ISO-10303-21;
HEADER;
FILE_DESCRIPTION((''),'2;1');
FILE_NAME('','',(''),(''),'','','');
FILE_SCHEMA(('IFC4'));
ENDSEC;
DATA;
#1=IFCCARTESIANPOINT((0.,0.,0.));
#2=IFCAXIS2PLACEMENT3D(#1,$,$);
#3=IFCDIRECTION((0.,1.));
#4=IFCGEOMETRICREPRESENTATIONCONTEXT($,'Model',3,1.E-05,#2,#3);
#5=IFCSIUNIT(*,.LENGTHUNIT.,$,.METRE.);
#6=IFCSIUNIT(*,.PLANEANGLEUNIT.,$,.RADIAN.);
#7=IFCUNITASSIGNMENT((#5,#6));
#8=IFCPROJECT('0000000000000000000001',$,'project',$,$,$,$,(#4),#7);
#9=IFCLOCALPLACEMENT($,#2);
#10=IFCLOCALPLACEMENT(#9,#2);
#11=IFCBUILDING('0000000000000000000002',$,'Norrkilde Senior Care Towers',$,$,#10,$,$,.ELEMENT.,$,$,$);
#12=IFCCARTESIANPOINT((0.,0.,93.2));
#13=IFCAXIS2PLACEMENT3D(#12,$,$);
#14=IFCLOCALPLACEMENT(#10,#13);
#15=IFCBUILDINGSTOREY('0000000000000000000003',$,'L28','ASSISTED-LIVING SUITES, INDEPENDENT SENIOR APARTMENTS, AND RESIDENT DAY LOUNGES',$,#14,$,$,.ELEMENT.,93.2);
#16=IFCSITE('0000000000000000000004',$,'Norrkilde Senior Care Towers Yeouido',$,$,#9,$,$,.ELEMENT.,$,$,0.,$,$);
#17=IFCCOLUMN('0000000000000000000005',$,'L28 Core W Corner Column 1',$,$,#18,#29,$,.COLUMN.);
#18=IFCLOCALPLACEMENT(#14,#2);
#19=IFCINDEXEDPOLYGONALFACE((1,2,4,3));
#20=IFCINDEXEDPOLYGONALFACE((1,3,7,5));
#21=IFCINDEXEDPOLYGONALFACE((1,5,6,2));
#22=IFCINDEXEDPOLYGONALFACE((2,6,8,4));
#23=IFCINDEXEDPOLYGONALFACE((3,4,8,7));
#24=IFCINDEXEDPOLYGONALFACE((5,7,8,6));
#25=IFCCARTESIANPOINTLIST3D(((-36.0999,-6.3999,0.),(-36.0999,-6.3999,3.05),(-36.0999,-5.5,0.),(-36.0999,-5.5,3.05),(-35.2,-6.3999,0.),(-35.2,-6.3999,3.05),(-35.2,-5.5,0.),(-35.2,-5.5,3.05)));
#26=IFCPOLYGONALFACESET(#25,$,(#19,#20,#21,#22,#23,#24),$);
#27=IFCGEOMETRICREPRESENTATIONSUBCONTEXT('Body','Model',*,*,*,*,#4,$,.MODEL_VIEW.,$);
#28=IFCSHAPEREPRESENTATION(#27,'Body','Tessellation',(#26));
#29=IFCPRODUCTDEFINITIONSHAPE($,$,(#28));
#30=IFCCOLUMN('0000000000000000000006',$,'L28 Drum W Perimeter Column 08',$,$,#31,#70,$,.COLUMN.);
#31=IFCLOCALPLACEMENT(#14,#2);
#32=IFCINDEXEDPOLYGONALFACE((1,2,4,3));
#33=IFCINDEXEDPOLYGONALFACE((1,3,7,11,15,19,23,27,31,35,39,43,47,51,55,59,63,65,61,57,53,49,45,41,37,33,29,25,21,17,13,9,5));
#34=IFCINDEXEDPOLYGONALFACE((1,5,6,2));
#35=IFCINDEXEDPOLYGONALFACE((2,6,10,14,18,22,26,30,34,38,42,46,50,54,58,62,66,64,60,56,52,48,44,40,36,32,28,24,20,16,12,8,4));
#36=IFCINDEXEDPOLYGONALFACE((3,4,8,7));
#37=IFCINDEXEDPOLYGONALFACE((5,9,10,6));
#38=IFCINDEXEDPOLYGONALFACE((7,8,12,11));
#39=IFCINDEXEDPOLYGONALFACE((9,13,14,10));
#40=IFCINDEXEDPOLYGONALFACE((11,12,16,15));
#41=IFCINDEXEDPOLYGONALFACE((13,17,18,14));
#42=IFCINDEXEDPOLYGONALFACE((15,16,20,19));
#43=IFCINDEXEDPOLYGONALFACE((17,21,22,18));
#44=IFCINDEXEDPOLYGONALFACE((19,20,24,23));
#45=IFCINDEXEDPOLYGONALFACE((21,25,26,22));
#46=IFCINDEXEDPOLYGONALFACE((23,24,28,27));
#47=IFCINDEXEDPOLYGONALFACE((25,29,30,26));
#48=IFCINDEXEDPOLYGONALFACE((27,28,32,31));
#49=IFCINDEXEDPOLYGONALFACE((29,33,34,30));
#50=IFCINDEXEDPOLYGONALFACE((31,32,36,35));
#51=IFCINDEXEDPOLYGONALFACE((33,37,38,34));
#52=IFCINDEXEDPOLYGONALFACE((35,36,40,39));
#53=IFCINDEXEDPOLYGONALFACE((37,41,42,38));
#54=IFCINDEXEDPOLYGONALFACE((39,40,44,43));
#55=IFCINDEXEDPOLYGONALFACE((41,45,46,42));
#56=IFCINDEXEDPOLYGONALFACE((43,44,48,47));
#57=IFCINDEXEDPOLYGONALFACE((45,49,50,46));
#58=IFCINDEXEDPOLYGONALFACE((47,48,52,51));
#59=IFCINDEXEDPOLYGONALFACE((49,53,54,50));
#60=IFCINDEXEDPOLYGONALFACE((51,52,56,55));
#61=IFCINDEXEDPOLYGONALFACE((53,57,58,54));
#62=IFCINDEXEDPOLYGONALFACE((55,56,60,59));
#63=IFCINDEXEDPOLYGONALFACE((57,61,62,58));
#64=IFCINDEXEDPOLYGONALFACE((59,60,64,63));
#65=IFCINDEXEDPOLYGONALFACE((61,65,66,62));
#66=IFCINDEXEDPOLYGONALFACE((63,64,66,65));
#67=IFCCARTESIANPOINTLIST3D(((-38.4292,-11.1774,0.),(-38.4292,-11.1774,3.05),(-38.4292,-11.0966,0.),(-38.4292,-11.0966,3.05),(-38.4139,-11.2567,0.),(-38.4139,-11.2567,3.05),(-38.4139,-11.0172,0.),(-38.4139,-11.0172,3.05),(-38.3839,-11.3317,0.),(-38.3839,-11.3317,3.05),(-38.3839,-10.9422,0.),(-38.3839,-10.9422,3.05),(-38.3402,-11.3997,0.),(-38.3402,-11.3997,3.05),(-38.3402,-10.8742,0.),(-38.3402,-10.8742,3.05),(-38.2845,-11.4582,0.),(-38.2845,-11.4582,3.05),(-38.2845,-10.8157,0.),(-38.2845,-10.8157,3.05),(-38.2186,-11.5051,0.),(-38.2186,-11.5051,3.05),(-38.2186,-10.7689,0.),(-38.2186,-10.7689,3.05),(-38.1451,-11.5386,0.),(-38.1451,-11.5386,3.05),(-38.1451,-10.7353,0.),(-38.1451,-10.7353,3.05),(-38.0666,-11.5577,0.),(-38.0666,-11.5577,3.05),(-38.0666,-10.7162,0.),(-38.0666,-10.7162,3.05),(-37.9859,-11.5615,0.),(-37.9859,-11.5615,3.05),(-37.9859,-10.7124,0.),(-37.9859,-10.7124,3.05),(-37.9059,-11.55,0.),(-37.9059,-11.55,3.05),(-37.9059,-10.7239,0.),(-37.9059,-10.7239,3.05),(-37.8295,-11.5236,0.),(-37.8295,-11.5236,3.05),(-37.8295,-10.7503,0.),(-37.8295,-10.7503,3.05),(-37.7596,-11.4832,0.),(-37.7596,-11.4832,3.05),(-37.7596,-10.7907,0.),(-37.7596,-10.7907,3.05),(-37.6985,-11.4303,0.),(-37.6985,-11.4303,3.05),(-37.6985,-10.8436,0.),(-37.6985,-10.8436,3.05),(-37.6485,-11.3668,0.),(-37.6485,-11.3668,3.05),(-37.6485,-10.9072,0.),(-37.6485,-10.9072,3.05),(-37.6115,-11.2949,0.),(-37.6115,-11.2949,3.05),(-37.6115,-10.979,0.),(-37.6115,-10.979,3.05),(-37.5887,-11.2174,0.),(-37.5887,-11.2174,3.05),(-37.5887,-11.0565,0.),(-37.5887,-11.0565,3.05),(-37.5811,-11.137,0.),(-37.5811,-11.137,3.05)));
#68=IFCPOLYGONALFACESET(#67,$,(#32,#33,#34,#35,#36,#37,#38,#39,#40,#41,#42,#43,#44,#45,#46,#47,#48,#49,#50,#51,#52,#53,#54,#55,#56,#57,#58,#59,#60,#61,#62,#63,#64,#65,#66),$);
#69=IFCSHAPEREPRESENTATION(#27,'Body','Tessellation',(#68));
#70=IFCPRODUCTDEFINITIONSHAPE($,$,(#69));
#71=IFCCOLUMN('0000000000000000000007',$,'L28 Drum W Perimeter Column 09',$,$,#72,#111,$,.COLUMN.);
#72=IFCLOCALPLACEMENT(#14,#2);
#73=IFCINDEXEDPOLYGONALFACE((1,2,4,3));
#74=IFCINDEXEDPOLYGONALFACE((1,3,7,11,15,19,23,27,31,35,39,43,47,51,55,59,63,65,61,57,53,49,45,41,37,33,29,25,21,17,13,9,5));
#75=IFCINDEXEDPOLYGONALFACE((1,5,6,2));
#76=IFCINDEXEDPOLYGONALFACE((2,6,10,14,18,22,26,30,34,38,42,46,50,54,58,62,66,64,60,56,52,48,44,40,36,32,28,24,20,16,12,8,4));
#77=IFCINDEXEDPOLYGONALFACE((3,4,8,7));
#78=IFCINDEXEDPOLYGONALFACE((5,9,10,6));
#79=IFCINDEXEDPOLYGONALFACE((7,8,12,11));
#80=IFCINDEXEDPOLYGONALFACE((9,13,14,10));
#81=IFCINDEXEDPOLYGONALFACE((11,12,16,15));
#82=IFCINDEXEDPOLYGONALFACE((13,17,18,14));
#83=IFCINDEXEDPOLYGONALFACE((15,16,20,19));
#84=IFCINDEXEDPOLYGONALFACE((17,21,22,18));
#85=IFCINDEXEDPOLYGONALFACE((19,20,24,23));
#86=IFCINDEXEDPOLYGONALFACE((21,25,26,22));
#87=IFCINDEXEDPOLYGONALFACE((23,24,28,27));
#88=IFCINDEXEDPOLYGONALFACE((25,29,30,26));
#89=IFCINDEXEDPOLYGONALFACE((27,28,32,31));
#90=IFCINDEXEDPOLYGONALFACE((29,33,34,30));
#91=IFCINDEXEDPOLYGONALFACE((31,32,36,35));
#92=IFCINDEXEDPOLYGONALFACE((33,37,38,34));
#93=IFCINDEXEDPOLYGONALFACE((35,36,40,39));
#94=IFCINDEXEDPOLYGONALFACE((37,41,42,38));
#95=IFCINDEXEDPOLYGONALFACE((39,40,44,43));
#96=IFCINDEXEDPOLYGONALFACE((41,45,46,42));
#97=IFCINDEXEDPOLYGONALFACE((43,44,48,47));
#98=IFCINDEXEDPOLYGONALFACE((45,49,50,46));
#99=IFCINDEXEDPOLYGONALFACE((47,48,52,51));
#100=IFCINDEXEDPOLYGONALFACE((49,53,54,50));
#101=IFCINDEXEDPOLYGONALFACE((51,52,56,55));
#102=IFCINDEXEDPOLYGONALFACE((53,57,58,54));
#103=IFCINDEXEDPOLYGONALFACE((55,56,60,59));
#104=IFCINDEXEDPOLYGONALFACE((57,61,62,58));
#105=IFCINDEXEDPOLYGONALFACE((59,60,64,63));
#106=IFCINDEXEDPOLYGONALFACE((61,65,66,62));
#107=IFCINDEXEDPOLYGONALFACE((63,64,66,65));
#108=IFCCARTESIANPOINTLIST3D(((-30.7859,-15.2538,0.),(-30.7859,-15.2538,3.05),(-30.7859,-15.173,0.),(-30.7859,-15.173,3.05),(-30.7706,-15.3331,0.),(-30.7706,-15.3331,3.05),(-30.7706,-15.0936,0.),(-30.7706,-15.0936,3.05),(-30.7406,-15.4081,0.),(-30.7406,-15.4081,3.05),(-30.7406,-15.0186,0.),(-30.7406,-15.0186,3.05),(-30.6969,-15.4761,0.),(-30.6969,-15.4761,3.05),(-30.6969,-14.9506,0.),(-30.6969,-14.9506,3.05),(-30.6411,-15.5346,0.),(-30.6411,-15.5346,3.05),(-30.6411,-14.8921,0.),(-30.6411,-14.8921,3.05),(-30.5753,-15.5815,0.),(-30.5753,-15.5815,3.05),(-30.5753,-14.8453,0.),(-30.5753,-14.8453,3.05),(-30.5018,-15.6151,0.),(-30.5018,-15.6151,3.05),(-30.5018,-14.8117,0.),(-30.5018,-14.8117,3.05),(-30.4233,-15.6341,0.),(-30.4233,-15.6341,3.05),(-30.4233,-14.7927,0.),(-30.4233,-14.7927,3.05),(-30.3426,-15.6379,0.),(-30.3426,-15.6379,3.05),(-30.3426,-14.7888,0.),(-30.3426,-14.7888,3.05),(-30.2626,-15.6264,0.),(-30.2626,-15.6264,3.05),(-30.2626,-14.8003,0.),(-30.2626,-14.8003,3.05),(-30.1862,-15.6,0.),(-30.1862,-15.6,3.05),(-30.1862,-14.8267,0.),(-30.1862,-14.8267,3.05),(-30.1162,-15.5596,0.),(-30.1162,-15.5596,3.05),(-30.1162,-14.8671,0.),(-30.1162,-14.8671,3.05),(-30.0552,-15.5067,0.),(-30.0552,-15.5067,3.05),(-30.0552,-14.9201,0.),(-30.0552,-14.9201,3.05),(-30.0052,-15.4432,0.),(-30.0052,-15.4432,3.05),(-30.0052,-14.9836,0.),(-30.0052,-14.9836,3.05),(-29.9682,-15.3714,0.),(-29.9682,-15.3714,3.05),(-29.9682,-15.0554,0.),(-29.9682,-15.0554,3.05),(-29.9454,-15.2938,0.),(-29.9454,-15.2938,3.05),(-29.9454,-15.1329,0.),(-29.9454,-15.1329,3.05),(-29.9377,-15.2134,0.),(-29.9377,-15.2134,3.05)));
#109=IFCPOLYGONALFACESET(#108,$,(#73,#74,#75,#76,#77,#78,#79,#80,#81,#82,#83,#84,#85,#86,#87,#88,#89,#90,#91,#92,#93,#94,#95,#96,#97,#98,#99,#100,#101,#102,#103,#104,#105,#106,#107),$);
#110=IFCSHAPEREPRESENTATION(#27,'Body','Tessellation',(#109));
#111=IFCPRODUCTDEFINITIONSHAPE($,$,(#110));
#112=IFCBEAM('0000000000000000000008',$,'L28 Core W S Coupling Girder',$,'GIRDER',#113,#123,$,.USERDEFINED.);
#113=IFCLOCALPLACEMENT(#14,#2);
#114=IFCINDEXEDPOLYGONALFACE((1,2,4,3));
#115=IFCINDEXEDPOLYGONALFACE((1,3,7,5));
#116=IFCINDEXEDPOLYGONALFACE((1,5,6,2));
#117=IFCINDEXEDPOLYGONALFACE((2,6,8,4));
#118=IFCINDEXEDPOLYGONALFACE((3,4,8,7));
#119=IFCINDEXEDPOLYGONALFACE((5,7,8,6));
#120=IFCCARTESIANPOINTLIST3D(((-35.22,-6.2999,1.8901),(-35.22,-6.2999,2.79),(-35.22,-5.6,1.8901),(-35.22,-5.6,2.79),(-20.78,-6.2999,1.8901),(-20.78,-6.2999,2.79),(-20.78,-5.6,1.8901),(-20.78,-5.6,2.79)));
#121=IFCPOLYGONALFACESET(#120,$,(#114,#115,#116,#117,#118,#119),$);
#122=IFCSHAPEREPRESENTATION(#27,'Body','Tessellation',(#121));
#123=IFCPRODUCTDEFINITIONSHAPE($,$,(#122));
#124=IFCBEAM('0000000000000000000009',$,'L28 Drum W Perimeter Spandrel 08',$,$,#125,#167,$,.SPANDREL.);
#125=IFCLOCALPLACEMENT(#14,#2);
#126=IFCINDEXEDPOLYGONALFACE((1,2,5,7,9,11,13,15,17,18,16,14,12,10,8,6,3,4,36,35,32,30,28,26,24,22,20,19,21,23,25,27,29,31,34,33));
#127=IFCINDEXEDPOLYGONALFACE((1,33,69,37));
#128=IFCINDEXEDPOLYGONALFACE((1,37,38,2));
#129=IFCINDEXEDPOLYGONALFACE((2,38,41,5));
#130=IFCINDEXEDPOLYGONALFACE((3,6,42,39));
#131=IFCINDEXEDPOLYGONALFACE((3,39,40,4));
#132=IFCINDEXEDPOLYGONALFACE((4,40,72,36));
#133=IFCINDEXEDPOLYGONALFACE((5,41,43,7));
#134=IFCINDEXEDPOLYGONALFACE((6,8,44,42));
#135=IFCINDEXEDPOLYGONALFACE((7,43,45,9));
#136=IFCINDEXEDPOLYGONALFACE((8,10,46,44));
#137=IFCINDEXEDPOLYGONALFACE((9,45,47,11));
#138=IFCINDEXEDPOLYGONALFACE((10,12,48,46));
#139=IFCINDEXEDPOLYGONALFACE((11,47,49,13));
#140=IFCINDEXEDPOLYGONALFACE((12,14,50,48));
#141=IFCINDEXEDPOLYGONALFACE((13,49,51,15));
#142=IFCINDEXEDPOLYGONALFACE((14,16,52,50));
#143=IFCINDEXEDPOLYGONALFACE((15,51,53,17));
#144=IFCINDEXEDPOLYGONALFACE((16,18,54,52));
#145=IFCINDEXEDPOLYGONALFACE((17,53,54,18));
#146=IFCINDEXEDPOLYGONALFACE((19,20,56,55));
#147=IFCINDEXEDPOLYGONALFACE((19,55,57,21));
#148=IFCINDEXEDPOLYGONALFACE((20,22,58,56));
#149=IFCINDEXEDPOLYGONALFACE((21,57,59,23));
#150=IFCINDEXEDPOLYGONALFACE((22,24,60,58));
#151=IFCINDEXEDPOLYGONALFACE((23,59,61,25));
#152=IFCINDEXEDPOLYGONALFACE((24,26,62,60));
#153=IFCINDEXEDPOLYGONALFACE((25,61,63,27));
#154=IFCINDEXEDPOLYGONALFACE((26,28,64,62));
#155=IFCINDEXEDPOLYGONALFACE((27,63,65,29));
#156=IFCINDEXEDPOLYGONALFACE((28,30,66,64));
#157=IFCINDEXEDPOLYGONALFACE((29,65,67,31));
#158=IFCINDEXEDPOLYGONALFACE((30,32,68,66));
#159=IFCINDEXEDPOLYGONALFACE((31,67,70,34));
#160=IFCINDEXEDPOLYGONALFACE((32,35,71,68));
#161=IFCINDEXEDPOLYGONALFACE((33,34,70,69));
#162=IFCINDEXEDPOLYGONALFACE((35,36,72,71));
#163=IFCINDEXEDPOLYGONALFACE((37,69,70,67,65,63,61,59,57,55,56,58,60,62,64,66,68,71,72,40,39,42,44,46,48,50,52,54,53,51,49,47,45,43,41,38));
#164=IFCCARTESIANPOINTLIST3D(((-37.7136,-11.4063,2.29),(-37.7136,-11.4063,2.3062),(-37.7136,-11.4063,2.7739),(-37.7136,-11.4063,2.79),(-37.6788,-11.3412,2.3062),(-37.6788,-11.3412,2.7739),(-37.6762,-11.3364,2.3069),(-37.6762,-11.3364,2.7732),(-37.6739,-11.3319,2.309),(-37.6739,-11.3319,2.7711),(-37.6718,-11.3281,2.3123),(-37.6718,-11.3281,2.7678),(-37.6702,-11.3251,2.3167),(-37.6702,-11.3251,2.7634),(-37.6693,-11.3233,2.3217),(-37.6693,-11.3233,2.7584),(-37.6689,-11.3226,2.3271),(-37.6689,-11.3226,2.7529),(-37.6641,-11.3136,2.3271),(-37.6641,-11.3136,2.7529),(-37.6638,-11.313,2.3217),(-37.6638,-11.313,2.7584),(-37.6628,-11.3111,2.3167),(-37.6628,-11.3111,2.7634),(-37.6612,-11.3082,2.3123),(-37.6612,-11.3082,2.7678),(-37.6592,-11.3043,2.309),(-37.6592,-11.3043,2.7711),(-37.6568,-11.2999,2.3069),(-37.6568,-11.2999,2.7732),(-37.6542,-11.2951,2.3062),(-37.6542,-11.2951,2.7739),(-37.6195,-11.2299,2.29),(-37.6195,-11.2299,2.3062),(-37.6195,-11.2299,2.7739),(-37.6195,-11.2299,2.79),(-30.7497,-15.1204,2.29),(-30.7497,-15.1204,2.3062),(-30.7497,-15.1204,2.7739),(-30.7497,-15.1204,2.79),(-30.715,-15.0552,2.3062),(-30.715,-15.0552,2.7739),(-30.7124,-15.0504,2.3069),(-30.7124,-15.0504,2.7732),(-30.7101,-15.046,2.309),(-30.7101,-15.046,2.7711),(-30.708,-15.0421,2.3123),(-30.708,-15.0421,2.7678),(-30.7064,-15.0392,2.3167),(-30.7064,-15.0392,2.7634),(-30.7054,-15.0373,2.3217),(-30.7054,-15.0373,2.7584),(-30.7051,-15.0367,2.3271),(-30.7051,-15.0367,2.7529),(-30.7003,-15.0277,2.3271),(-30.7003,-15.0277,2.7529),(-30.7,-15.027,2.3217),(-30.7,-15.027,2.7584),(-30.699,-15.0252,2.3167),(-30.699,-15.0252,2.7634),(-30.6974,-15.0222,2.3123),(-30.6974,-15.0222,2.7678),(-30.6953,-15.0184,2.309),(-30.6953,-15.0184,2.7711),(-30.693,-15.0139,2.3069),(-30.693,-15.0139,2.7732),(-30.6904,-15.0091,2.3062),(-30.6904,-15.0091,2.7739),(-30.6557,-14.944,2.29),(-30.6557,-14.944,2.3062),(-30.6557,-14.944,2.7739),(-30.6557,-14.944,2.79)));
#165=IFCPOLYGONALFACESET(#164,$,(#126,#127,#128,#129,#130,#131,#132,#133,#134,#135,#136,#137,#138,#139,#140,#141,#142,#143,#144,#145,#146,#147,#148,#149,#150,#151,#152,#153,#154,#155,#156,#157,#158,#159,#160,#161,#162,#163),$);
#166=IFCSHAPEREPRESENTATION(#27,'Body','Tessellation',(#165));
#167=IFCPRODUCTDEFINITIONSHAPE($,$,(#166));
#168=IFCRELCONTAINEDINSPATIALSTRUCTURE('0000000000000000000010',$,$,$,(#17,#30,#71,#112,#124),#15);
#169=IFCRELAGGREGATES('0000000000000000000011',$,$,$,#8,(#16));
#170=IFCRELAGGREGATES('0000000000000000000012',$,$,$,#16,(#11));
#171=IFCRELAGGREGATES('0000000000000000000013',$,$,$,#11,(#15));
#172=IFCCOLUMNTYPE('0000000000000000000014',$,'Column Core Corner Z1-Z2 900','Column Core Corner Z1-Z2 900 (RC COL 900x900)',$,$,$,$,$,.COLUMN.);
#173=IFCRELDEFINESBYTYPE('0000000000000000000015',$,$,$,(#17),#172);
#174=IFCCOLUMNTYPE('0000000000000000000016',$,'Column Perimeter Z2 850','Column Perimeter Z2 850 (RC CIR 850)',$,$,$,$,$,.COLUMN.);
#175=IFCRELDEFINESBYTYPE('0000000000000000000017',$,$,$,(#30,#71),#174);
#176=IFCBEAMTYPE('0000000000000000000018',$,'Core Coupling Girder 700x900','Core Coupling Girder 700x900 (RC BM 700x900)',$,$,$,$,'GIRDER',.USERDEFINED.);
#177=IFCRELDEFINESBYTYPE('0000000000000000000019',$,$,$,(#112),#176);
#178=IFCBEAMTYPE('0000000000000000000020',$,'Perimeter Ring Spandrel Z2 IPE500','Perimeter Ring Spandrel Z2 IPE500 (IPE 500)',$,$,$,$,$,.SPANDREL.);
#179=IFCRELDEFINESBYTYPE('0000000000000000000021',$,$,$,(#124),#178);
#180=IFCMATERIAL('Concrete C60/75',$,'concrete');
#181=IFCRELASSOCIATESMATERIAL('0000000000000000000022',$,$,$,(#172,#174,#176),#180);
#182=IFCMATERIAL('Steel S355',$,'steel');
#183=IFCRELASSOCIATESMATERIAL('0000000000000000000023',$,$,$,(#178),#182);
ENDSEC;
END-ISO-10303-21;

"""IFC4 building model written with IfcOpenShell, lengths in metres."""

from ifc_helpers import new_model, si_unit, direction, frame, origin, origin_2d, place, context, subcontext, project, spatial, rectangle, circle, i_section, extrude, source, transform, mapped, material, material_profile, profile_set, type_object, type_shapes, element, save


model = new_model("IFC4")

# Units and contexts
model_context = context("Model", 3, precision=1e-05, world=origin(), true_north=direction((0.0, 1.0)))
body_context = subcontext(model_context, "Body", "Model", "MODEL_VIEW")
ifc_project = project(units=[si_unit("LENGTHUNIT", "METRE"), si_unit("PLANEANGLEUNIT", "RADIAN")], contexts=[model_context])

# Site, building, storey
site_placement = place(None, origin())
site = spatial("IfcSite", under=ifc_project, at=site_placement, Name="Norrkilde Senior Care Towers Yeouido", CompositionType="ELEMENT", RefElevation=0.0)
building_placement = place(site_placement, origin())
building = spatial("IfcBuilding", under=site, at=building_placement, Name="Norrkilde Senior Care Towers", CompositionType="ELEMENT")
storey_placement = place(building_placement, frame((0.0, 0.0, 93.2)))
storey = spatial("IfcBuildingStorey", under=building, at=storey_placement, Name="L28", Description="ASSISTED-LIVING SUITES, INDEPENDENT SENIOR APARTMENTS, AND RESIDENT DAY LOUNGES", CompositionType="ELEMENT", Elevation=93.2)

# Columns
ifc_material_1 = material(Name="Concrete C60/75", Category="concrete")
ifc_material_profile_1 = material_profile(ifc_material_1, rectangle(XDim=0.8999, YDim=0.8999, at=origin_2d()), Name="RC COL 900x900")
ifc_profile_set_1 = profile_set([ifc_material_profile_1], Name="Concrete C60/75")
column_type_1 = type_object("IfcColumnType", Name="Column Core Corner Z1-Z2 900", Description="Column Core Corner Z1-Z2 900 (RC COL 900x900)", PredefinedType="COLUMN", material=ifc_profile_set_1)
shared_shape_1 = source(origin(), body_context, "Body", "SweptSolid", [
    extrude(rectangle(XDim=0.8999, YDim=0.8999, at=origin_2d()), origin(), (0.0, 0.0, 1.0), 3.05),
])
type_shapes(column_type_1, [shared_shape_1])
column_placement = place(storey_placement, frame((-35.6499, -5.95, 0.0), z_axis=(0.0, 0.0, 1.0), x_axis=(1.0, 0.0, 0.0)))
element("IfcColumn", 1, at=column_placement, inside=storey, type_object=column_type_1, Name="L28 Core W Corner Column 1", PredefinedType="COLUMN", context=body_context, shape_type="MappedRepresentation", body=[
    mapped(shared_shape_1, transform((0.0, 0.0, 0.0), x_axis=(1.0, 0.0, 0.0), y_axis=(0.0, 1.0, 0.0), z_axis=(0.0, 0.0, 1.0), scale=1.0)),
])
ifc_material_profile_2 = material_profile(ifc_material_1, circle(Radius=0.425, at=origin_2d()), Name="RC CIR 850")
ifc_profile_set_2 = profile_set([ifc_material_profile_2], Name="Concrete C60/75")
column_type_2 = type_object("IfcColumnType", Name="Column Perimeter Z2 850", Description="Column Perimeter Z2 850 (RC CIR 850)", PredefinedType="COLUMN", material=ifc_profile_set_2)
shared_shape_2 = source(origin(), body_context, "Body", "SweptSolid", [
    extrude(circle(Radius=0.425, at=origin_2d()), origin(), (0.0, 0.0, 1.0), 3.05),
])
type_shapes(column_type_2, [shared_shape_2])
for number, where, z_axis, x_axis, name in (
    (2, (-38.0061, -11.137, 0.0), (0.0, 0.0, 1.0), (1.0, 0.0, 0.0), "L28 Drum W Perimeter Column 08"),
    (3, (-30.3628, -15.2134, 0.0), (0.0, 0.0, 1.0), (1.0, 0.0, 0.0), "L28 Drum W Perimeter Column 09"),
):
    element("IfcColumn", number, at=place(storey_placement, frame(where, z_axis=z_axis, x_axis=x_axis)), inside=storey, type_object=column_type_2, Name=name, PredefinedType="COLUMN", context=body_context, shape_type="MappedRepresentation", body=[
        mapped(shared_shape_2, transform((0.0, 0.0, 0.0), x_axis=(1.0, 0.0, 0.0), y_axis=(0.0, 1.0, 0.0), z_axis=(0.0, 0.0, 1.0), scale=1.0)),
    ])

# Beams
ifc_material_profile_3 = material_profile(ifc_material_1, rectangle(XDim=0.7, YDim=0.8999, at=origin_2d()), Name="RC BM 700x900")
ifc_profile_set_3 = profile_set([ifc_material_profile_3], Name="Concrete C60/75")
beam_type_1 = type_object("IfcBeamType", Name="Core Coupling Girder 700x900", Description="Core Coupling Girder 700x900 (RC BM 700x900)", ElementType="GIRDER", PredefinedType="USERDEFINED", material=ifc_profile_set_3)
shared_shape_3 = source(origin(), body_context, "Body", "SweptSolid", [
    extrude(rectangle(XDim=0.7, YDim=0.8999, at=origin_2d()), origin(), (0.0, 0.0, 1.0), 14.4399),
])
type_shapes(beam_type_1, [shared_shape_3])
beam_1_placement = place(storey_placement, frame((-35.22, -5.95, 2.3401), z_axis=(1.0, 0.0, 0.0), x_axis=(0.0, 1.0, 0.0)))
element("IfcBeam", 4, at=beam_1_placement, inside=storey, type_object=beam_type_1, Name="L28 Core W S Coupling Girder", ObjectType="GIRDER", PredefinedType="USERDEFINED", context=body_context, shape_type="MappedRepresentation", body=[
    mapped(shared_shape_3, transform((0.0, 0.0, 0.0), x_axis=(1.0, 0.0, 0.0), y_axis=(0.0, 1.0, 0.0), z_axis=(0.0, 0.0, 1.0), scale=1.0)),
])
ifc_material_2 = material(Name="Steel S355", Category="steel")
ifc_material_profile_4 = material_profile(ifc_material_2, i_section(OverallWidth=0.2, OverallDepth=0.5, WebThickness=0.0103, FlangeThickness=0.0161, FilletRadius=0.021, at=origin_2d()), Name="IPE 500")
ifc_profile_set_4 = profile_set([ifc_material_profile_4], Name="Steel S355")
beam_type_2 = type_object("IfcBeamType", Name="Perimeter Ring Spandrel Z2 IPE500", Description="Perimeter Ring Spandrel Z2 IPE500 (IPE 500)", PredefinedType="SPANDREL", material=ifc_profile_set_4)
shared_shape_4 = source(origin(), body_context, "Body", "SweptSolid", [
    extrude(i_section(OverallWidth=0.2, OverallDepth=0.5, WebThickness=0.0103, FlangeThickness=0.0161, FilletRadius=0.021, at=origin_2d()), origin(), (0.0, 0.0, 1.0), 7.8923),
])
beam_2_placement = place(storey_placement, frame((-37.6665, -11.3181, 2.54), z_axis=(0.88235, -0.470593, 0.0), x_axis=(0.470593, 0.88235, 0.0)))
element("IfcBeam", 5, at=beam_2_placement, inside=storey, type_object=beam_type_2, Name="L28 Drum W Perimeter Spandrel 08", PredefinedType="SPANDREL", context=body_context, shape_type="MappedRepresentation", body=[
    mapped(shared_shape_4, transform((0.0, 0.0, 0.0), x_axis=(1.0, 0.0, 0.0), y_axis=(0.0, 1.0, 0.0), z_axis=(0.0, 0.0, 1.0), scale=1.0)),
])

save(model, "model.ifc")
